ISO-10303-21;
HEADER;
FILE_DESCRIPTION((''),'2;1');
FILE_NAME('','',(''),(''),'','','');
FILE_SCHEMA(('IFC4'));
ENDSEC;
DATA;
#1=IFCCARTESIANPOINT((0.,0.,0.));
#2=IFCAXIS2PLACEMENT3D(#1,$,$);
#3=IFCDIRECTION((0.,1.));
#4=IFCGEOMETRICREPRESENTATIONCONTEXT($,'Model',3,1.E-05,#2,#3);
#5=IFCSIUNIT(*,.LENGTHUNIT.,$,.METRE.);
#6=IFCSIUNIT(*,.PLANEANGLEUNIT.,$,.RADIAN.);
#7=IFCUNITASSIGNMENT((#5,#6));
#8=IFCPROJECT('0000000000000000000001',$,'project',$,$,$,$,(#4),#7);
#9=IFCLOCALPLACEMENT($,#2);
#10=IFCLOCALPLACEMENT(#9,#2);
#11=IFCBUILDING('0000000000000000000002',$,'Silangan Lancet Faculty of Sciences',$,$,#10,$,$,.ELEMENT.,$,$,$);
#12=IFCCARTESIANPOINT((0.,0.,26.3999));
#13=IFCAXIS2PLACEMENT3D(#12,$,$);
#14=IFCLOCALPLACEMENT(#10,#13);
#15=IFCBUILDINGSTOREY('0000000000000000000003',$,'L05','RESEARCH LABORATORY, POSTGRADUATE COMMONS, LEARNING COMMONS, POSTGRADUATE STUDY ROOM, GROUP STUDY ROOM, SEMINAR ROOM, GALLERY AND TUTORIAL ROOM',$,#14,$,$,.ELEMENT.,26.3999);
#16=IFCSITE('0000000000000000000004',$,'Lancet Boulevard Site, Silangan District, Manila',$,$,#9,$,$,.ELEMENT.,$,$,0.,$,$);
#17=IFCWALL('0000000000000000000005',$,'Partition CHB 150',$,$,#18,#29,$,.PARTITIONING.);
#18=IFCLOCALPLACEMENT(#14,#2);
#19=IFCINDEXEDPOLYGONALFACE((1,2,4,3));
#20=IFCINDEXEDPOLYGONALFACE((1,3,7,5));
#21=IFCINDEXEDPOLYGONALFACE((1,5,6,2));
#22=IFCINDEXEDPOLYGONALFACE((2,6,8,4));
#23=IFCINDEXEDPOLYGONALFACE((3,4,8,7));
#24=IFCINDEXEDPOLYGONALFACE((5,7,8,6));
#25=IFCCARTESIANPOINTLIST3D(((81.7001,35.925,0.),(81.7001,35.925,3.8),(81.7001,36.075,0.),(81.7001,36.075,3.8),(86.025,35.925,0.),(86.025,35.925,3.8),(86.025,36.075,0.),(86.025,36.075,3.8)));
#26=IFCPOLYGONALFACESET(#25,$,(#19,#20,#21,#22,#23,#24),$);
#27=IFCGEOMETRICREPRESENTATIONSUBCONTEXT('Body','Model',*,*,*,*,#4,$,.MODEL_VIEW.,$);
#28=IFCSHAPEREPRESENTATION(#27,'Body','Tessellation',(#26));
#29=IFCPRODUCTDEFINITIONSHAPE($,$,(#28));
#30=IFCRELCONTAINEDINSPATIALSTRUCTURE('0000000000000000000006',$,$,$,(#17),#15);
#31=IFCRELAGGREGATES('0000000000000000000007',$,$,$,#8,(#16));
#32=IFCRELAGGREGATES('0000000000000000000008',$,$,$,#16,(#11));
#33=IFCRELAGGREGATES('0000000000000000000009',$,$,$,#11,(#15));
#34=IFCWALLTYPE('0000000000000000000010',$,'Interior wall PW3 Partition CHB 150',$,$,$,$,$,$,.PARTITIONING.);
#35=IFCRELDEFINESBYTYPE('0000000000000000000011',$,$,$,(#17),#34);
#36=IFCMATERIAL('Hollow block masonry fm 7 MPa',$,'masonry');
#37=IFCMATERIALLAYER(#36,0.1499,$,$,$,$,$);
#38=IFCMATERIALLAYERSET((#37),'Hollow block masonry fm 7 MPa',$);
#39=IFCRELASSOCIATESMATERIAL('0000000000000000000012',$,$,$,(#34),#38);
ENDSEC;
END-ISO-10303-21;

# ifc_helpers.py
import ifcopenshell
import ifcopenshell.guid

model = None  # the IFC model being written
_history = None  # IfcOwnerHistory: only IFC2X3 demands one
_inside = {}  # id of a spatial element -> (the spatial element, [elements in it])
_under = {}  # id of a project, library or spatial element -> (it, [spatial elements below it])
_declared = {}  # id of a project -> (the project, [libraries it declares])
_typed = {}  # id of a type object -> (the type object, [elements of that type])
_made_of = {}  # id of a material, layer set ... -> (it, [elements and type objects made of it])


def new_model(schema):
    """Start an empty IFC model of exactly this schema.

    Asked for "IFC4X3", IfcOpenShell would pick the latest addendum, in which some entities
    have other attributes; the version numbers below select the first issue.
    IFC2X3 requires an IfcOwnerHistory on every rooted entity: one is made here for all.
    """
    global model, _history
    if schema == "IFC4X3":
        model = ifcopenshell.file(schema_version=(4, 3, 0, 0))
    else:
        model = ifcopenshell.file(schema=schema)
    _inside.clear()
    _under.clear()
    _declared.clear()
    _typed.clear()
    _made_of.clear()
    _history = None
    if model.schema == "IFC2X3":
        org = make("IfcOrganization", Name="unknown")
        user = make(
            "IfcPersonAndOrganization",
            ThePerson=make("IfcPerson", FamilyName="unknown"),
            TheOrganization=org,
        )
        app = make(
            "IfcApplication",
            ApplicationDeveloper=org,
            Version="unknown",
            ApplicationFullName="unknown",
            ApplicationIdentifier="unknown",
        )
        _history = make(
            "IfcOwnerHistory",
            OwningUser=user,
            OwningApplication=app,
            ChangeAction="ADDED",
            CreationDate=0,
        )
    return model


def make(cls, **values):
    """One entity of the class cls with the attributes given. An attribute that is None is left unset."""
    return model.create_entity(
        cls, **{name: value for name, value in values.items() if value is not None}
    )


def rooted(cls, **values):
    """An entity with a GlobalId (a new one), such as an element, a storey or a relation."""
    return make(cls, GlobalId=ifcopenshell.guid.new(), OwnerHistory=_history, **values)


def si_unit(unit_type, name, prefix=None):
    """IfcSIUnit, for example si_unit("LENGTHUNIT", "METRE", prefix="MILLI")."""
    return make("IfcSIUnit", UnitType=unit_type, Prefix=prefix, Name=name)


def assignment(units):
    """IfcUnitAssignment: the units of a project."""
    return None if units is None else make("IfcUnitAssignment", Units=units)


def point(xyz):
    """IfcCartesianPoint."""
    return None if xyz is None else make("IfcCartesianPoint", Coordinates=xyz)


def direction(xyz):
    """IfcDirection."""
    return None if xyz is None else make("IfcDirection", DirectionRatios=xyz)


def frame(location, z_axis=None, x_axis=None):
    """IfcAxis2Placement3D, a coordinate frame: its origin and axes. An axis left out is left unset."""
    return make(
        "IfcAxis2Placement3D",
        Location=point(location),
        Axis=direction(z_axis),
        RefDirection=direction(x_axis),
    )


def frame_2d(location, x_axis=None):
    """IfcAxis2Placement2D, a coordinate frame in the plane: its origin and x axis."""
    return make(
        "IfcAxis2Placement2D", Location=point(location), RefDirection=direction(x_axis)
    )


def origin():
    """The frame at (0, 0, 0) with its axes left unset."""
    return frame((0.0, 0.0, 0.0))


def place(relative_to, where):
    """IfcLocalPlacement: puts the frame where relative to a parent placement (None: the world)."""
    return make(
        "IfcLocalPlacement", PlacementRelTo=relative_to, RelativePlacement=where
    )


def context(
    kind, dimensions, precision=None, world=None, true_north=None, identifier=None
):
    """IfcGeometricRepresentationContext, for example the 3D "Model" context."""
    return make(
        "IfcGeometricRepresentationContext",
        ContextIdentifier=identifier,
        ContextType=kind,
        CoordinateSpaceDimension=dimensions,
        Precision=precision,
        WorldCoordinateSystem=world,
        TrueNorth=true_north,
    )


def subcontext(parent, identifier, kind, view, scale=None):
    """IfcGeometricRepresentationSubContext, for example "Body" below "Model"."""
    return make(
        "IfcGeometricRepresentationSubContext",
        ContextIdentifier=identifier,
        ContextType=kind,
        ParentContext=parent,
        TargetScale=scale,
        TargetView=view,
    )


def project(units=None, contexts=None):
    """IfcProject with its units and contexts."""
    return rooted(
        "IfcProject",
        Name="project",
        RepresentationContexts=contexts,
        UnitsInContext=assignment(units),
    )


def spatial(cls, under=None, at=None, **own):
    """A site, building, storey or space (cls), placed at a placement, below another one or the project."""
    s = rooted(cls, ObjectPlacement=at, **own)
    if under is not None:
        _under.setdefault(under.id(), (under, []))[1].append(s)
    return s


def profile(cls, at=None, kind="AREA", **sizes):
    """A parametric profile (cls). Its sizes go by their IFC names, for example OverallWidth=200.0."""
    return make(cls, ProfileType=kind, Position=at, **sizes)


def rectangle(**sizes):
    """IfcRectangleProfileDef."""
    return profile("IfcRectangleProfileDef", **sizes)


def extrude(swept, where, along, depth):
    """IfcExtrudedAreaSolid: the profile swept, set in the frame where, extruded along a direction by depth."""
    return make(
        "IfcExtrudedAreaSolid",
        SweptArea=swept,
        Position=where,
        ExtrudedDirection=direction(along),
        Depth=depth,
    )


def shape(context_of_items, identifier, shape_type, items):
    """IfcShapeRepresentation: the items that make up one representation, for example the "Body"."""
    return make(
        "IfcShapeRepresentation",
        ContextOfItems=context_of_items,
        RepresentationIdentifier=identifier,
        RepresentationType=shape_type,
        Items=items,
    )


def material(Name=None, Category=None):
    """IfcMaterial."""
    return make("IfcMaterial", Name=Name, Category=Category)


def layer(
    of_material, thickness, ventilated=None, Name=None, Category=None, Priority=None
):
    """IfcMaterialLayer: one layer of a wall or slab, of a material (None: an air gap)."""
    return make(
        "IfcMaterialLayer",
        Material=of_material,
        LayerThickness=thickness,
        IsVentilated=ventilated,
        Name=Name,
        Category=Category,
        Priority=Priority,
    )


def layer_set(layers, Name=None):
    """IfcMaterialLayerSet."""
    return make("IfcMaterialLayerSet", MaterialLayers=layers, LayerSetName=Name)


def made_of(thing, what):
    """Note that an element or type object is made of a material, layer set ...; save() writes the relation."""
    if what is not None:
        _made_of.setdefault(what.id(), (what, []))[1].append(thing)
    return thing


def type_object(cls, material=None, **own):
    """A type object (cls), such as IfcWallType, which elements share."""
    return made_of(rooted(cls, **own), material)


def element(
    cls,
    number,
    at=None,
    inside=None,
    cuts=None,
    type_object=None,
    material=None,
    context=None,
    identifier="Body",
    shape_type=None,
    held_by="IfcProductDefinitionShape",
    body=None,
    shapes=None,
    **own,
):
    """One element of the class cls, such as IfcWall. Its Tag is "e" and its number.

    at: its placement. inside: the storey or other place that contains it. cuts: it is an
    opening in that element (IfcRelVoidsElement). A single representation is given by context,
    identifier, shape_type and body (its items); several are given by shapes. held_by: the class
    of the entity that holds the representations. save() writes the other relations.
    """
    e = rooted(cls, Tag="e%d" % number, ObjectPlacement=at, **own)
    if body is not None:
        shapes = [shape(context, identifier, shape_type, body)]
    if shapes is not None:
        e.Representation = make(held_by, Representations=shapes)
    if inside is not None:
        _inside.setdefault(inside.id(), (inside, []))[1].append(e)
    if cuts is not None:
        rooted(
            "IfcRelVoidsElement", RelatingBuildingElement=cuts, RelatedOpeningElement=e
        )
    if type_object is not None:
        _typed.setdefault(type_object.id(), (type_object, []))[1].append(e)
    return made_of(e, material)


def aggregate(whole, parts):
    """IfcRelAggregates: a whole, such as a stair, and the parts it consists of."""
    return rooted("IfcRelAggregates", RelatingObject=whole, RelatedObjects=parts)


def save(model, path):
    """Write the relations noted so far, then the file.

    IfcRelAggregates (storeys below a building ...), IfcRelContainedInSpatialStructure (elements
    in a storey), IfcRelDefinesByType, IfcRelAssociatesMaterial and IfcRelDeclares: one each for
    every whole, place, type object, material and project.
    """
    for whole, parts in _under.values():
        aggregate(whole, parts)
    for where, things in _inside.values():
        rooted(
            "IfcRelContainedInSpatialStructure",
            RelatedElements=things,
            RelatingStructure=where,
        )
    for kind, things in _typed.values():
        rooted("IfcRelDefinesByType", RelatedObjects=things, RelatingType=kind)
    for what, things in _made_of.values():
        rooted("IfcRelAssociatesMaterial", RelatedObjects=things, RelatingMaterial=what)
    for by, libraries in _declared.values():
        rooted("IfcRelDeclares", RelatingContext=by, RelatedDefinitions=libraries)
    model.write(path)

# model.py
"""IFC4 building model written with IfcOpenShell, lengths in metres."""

from ifc_helpers import new_model, si_unit, direction, frame, frame_2d, origin, place, context, subcontext, project, spatial, rectangle, extrude, material, layer, layer_set, type_object, element, save


model = new_model("IFC4")

# Units and contexts
model_context = context("Model", 3, precision=1e-05, world=origin(), true_north=direction((0.0, 1.0)))
body_context = subcontext(model_context, "Body", "Model", "MODEL_VIEW")
ifc_project = project(units=[si_unit("LENGTHUNIT", "METRE"), si_unit("PLANEANGLEUNIT", "RADIAN")], contexts=[model_context])

# Site, building, storey
site_placement = place(None, origin())
site = spatial("IfcSite", under=ifc_project, at=site_placement, Name="Lancet Boulevard Site, Silangan District, Manila", CompositionType="ELEMENT", RefElevation=0.0)
building_placement = place(site_placement, origin())
building = spatial("IfcBuilding", under=site, at=building_placement, Name="Silangan Lancet Faculty of Sciences", CompositionType="ELEMENT")
storey_placement = place(building_placement, frame((0.0, 0.0, 26.3999)))
storey = spatial("IfcBuildingStorey", under=building, at=storey_placement, Name="L05", Description="RESEARCH LABORATORY, POSTGRADUATE COMMONS, LEARNING COMMONS, POSTGRADUATE STUDY ROOM, GROUP STUDY ROOM, SEMINAR ROOM, GALLERY AND TUTORIAL ROOM", CompositionType="ELEMENT", Elevation=26.3999)

# Wall
ifc_material_1 = material(Name="Hollow block masonry fm 7 MPa", Category="masonry")
ifc_layer_1 = layer(ifc_material_1, 0.1499)
ifc_layer_set_1 = layer_set([ifc_layer_1], Name="Hollow block masonry fm 7 MPa")
wall_type_1 = type_object("IfcWallType", Name="Interior wall PW3 Partition CHB 150", PredefinedType="PARTITIONING", material=ifc_layer_set_1)
wall_1_placement = place(storey_placement, frame((81.7, 36.0, 0.0), z_axis=(0.0, 0.0, 1.0), x_axis=(1.0, 0.0, 0.0)))
element("IfcWall", 1, at=wall_1_placement, inside=storey, type_object=wall_type_1, Name="Partition CHB 150", PredefinedType="PARTITIONING", context=body_context, shape_type="SweptSolid", body=[
    extrude(rectangle(XDim=4.325, YDim=0.1499, at=frame_2d((2.1626, 0.0))), origin(), (0.0, 0.0, 1.0), 3.8),
])

save(model, "model.ifc")
